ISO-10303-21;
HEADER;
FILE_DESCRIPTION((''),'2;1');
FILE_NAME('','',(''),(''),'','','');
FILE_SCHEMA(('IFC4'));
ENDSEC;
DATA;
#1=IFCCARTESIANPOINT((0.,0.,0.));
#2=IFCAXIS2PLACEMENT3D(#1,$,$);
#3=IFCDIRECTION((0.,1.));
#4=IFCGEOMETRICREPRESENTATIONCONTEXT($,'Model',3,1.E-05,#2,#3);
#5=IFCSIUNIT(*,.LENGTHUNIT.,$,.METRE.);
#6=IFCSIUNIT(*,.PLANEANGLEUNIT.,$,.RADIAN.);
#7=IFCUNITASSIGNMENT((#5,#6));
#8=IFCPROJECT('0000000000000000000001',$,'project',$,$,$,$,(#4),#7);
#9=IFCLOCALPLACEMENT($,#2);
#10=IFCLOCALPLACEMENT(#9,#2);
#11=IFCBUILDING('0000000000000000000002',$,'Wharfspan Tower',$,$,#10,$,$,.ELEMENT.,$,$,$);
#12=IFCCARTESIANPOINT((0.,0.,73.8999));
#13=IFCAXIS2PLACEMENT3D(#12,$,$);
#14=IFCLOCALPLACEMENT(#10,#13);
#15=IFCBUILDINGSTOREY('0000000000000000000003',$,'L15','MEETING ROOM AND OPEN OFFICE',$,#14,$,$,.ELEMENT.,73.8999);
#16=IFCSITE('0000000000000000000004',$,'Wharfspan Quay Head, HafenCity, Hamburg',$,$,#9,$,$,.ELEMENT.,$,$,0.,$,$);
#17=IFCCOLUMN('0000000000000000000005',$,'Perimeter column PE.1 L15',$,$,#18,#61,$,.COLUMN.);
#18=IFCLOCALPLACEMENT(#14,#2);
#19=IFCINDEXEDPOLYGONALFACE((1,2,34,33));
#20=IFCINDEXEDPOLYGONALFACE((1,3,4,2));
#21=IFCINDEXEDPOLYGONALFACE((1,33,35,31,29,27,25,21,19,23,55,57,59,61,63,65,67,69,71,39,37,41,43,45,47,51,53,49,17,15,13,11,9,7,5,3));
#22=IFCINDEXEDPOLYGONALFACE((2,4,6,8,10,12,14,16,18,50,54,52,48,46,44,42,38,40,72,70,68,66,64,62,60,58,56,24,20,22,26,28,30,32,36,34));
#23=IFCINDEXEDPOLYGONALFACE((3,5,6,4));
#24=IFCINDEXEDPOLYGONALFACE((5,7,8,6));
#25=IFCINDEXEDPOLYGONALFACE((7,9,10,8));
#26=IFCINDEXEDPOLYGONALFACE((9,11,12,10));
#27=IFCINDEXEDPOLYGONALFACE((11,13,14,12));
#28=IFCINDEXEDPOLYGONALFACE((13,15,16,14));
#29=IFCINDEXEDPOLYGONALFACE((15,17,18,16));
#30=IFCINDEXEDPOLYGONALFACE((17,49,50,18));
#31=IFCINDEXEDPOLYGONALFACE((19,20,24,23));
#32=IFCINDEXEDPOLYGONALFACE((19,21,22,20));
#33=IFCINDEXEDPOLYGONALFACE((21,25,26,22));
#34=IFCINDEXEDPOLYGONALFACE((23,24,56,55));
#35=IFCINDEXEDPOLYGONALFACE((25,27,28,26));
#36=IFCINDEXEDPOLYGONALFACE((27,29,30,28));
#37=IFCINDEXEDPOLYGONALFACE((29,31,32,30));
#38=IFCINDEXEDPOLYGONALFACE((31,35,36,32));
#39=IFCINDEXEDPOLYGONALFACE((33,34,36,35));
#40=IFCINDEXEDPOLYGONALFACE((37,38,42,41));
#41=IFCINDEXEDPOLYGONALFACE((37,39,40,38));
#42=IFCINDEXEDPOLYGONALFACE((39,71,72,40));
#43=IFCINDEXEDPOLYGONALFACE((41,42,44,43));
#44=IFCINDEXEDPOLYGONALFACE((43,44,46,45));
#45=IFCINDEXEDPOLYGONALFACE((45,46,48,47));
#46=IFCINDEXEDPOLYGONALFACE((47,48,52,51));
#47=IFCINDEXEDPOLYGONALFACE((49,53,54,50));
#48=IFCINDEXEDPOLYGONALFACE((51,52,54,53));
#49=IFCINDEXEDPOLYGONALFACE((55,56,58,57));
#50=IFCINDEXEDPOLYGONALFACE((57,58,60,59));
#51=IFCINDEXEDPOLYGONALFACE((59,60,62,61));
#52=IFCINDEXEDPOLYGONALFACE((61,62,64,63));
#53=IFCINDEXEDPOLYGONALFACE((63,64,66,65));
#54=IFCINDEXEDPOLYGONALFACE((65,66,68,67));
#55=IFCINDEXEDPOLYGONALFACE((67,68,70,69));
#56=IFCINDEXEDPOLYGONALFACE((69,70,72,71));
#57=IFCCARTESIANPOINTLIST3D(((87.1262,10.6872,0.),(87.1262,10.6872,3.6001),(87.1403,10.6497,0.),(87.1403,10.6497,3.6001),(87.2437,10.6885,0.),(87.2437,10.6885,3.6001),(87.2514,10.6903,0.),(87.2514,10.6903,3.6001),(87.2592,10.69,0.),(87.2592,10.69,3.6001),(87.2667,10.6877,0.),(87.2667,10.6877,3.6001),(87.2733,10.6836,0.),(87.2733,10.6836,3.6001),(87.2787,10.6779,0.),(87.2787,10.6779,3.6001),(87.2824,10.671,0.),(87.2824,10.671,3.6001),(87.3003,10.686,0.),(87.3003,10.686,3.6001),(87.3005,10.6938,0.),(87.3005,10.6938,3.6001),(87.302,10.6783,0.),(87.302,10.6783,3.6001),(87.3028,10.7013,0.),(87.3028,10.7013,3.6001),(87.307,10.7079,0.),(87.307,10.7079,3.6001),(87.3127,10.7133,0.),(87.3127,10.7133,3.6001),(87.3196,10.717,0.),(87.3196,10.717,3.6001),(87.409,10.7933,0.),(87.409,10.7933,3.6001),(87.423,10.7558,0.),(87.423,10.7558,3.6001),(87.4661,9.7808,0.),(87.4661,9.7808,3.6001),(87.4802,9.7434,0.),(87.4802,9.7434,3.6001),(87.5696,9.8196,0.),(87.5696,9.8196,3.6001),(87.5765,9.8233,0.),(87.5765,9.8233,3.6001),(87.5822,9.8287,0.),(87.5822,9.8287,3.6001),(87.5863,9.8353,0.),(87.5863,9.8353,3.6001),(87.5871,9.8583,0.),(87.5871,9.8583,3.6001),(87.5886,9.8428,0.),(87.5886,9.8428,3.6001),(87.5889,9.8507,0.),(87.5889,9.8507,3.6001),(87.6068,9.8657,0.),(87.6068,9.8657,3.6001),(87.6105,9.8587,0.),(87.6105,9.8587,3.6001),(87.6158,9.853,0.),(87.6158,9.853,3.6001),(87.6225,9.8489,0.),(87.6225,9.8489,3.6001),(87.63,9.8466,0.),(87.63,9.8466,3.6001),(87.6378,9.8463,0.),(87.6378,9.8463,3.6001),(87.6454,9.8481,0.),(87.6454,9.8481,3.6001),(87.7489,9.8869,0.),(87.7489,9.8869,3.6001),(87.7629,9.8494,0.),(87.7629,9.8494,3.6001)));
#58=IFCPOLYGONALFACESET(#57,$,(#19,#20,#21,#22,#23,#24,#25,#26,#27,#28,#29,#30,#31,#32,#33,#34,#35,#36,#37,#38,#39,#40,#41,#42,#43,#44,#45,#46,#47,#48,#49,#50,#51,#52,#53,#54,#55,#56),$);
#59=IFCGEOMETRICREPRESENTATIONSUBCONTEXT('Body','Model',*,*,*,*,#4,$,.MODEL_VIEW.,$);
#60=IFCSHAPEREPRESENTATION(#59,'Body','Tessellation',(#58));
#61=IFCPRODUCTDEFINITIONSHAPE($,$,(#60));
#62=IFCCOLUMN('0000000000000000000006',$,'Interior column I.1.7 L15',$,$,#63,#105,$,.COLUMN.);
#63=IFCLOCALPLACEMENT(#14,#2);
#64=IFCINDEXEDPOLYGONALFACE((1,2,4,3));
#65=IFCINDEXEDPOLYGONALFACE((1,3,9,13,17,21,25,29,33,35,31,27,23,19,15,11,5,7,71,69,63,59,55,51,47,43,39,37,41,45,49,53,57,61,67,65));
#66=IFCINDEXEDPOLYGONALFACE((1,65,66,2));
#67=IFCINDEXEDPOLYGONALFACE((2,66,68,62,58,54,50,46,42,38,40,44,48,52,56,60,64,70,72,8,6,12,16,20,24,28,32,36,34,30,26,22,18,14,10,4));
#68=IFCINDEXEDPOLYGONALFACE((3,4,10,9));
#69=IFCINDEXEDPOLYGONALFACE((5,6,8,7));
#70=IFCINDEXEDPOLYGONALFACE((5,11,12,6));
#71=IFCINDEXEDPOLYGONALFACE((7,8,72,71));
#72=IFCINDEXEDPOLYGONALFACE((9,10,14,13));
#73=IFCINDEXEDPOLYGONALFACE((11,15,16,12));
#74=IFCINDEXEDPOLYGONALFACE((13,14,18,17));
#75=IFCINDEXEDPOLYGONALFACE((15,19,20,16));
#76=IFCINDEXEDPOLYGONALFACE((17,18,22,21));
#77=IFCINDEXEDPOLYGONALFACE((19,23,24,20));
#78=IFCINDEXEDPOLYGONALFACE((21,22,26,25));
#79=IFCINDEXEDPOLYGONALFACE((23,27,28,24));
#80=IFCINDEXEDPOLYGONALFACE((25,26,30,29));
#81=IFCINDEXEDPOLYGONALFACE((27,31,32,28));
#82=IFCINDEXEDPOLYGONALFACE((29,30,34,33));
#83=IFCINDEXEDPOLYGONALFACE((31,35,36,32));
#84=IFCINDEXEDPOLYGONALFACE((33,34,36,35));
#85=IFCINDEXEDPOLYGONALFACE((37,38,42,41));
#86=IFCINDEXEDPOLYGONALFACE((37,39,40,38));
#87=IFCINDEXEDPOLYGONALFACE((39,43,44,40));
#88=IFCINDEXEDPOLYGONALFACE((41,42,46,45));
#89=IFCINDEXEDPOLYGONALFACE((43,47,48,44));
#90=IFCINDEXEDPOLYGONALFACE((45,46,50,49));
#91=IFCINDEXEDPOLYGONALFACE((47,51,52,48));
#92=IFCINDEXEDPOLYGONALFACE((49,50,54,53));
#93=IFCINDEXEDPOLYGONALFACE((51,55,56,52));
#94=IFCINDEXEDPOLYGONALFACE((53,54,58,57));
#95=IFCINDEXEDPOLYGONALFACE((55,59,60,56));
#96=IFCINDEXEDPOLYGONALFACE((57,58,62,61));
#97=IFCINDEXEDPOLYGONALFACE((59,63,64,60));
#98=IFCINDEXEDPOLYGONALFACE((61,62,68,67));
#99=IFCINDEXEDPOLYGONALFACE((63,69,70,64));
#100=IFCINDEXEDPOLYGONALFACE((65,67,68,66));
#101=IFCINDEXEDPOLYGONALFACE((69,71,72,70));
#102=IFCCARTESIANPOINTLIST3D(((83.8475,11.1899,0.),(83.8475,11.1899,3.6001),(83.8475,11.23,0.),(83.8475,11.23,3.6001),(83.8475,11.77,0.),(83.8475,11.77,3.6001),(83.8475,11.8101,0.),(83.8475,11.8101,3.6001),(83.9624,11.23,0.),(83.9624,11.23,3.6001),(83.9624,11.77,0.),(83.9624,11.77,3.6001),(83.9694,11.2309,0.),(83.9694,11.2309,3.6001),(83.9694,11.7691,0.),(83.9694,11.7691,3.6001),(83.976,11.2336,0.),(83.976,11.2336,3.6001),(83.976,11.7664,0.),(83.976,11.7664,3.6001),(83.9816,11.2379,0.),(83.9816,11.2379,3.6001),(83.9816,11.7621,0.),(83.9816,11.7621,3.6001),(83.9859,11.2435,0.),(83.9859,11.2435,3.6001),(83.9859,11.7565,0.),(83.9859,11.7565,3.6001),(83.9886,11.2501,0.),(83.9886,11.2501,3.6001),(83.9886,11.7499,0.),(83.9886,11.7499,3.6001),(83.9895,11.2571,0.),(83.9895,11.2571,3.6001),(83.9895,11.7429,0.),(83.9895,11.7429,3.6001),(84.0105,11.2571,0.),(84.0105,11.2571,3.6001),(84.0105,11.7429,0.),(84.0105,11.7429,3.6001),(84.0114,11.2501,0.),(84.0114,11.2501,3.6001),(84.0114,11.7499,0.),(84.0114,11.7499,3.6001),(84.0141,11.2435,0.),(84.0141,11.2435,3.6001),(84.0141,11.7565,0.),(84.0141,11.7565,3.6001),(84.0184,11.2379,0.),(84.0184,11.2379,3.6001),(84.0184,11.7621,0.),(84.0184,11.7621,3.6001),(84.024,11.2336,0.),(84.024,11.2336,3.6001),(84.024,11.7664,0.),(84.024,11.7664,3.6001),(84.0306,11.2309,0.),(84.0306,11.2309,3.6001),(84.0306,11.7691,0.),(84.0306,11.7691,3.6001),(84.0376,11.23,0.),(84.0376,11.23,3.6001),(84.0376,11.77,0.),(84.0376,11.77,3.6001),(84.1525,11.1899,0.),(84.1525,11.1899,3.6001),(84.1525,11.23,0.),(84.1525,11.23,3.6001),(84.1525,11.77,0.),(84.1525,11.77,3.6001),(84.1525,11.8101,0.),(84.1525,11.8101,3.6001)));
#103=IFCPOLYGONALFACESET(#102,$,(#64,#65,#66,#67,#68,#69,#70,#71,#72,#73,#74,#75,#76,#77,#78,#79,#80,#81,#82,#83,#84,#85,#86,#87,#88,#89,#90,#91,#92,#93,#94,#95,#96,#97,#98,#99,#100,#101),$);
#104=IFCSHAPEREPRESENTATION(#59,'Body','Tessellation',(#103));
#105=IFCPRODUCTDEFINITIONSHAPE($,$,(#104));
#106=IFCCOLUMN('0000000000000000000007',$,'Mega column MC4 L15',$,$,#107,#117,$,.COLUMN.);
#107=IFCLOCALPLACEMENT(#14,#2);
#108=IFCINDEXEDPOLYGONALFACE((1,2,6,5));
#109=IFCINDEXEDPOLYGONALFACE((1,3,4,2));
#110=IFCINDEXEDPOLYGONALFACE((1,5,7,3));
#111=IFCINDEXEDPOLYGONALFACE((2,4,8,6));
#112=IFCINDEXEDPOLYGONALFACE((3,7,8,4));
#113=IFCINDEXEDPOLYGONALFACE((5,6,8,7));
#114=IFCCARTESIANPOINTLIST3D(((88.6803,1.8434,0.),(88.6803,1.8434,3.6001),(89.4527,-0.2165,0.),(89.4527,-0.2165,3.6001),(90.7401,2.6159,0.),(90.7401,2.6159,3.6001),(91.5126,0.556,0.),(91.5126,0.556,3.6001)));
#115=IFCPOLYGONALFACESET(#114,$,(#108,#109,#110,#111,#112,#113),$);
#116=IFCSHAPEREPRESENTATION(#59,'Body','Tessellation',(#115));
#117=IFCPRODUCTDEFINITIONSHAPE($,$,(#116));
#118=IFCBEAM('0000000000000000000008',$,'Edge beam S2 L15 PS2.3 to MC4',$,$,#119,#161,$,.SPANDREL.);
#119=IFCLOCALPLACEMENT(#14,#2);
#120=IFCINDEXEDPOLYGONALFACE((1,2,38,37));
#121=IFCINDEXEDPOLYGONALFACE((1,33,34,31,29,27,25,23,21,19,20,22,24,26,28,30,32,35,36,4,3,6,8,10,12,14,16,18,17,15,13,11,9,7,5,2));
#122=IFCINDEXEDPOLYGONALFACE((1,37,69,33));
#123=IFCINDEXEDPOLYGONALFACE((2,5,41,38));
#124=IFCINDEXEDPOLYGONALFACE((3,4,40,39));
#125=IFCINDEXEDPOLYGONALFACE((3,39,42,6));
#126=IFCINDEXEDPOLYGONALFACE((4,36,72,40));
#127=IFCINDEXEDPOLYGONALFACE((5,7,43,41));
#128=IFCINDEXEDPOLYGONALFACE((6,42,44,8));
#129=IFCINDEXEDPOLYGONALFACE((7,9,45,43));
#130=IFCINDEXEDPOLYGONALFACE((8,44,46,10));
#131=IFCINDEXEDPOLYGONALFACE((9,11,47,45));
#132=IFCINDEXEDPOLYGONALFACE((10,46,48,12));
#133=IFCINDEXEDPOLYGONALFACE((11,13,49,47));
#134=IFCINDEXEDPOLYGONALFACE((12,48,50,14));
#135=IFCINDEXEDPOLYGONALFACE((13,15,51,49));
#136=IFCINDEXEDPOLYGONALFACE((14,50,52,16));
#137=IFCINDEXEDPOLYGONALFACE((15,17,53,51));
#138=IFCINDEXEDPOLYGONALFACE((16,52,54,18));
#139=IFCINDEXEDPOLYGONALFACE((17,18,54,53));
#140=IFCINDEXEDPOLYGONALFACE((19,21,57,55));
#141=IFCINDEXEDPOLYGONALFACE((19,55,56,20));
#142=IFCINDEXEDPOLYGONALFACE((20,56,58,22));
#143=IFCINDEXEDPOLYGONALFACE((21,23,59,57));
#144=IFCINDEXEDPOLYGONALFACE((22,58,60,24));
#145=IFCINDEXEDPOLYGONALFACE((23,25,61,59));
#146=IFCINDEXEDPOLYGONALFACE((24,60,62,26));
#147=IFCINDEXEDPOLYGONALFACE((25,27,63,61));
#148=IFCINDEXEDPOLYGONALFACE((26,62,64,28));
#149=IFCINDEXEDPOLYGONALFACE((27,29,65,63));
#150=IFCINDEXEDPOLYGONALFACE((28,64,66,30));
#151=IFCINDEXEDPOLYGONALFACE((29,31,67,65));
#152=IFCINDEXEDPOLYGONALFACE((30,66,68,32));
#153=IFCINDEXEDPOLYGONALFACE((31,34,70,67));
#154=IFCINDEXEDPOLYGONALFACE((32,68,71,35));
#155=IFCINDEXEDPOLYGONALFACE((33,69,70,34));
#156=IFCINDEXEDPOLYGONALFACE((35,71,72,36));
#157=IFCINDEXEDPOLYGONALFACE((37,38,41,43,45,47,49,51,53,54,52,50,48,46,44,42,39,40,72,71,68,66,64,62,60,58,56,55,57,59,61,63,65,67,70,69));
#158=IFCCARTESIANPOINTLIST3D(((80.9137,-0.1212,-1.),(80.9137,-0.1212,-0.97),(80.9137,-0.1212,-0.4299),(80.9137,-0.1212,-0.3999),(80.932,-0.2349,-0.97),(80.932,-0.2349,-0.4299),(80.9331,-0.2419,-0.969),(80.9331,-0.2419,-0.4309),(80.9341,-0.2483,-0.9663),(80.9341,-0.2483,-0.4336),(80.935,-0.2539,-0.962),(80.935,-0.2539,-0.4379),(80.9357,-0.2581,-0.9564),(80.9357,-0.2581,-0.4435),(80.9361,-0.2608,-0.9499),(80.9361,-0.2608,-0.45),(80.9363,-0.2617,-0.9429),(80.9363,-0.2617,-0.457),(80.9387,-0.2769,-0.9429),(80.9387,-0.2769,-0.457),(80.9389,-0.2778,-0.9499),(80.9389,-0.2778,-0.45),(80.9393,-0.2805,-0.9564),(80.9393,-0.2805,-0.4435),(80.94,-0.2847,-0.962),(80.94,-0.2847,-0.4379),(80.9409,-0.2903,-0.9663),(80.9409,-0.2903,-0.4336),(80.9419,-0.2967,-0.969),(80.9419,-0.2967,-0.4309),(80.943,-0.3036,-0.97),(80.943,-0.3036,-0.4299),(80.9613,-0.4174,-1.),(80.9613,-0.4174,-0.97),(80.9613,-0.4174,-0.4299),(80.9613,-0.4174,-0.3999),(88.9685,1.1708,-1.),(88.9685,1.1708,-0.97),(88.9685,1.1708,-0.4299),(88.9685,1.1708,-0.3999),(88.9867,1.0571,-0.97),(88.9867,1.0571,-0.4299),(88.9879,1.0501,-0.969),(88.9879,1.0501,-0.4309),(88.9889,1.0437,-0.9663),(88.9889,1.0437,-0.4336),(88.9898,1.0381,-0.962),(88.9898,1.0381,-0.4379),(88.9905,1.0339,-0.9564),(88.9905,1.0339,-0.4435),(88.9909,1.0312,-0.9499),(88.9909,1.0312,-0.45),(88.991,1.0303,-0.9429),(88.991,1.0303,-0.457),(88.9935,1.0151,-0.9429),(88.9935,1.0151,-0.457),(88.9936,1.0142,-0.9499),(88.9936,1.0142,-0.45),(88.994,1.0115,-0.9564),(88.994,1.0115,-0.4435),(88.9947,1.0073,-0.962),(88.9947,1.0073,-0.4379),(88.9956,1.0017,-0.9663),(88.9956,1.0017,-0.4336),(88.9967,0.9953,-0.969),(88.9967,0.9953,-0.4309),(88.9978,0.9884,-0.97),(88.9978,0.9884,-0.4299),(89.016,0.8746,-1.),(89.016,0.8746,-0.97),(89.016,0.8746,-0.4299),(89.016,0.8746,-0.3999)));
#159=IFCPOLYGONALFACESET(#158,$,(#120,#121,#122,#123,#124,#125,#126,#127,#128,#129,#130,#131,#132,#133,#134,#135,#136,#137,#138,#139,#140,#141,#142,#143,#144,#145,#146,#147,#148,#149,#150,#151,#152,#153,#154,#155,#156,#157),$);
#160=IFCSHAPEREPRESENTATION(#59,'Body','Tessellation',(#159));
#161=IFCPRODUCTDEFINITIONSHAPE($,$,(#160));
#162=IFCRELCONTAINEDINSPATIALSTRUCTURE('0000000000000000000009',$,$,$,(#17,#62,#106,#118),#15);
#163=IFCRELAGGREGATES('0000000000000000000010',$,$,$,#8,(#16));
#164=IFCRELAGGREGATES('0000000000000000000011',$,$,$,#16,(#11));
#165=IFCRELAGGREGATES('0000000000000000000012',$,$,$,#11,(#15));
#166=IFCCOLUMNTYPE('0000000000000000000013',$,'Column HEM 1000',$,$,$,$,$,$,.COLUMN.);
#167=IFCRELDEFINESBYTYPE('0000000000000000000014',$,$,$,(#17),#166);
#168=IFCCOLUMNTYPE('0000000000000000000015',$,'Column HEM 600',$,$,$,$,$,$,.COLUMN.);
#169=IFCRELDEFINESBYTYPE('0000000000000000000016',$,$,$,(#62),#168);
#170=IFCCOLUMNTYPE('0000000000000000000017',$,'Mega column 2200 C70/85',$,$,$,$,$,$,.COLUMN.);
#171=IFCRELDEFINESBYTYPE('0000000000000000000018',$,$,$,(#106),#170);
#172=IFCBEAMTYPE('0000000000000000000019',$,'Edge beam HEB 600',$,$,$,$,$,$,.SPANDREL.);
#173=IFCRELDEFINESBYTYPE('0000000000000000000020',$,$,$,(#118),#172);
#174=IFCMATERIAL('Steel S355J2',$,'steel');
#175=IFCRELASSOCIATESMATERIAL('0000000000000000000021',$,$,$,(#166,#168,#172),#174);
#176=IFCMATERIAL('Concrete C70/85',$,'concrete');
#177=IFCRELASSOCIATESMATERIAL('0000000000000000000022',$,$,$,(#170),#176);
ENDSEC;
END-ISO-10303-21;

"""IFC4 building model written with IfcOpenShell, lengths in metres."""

from ifc_helpers import new_model, si_unit, direction, frame, origin, origin_2d, place, context, subcontext, project, spatial, rectangle, i_section, extrude, material, material_profile, profile_set, type_object, element, save


model = new_model("IFC4")

# Units and contexts
model_context = context("Model", 3, precision=1e-05, world=origin(), true_north=direction((0.0, 1.0)))
body_context = subcontext(model_context, "Body", "Model", "MODEL_VIEW")
ifc_project = project(units=[si_unit("LENGTHUNIT", "METRE"), si_unit("PLANEANGLEUNIT", "RADIAN")], contexts=[model_context])

# Site, building, storey
site_placement = place(None, origin())
site = spatial("IfcSite", under=ifc_project, at=site_placement, Name="Wharfspan Quay Head, HafenCity, Hamburg", CompositionType="ELEMENT", RefElevation=0.0)
building_placement = place(site_placement, origin())
building = spatial("IfcBuilding", under=site, at=building_placement, Name="Wharfspan Tower", CompositionType="ELEMENT")
storey_placement = place(building_placement, frame((0.0, 0.0, 73.8999)))
storey = spatial("IfcBuildingStorey", under=building, at=storey_placement, Name="L15", Description="MEETING ROOM AND OPEN OFFICE", CompositionType="ELEMENT", Elevation=73.8999)

# Columns
ifc_material_1 = material(Name="Steel S355J2", Category="steel")
ifc_material_profile_1 = material_profile(ifc_material_1, i_section(OverallWidth=0.302, OverallDepth=1.0081, WebThickness=0.021, FlangeThickness=0.04, FilletRadius=0.03, at=origin_2d()))
ifc_profile_set_1 = profile_set([ifc_material_profile_1], Name="Steel S355J2")
column_type_1 = type_object("IfcColumnType", Name="Column HEM 1000", PredefinedType="COLUMN", material=ifc_profile_set_1)
column_1_placement = place(storey_placement, frame((87.4446, 10.2683, 0.0), z_axis=(0.0, 0.0, 1.0), x_axis=(0.936328, 0.351123, 0.0)))
element("IfcColumn", 1, at=column_1_placement, inside=storey, type_object=column_type_1, Name="Perimeter column PE.1 L15", PredefinedType="COLUMN", context=body_context, shape_type="SweptSolid", body=[
    extrude(i_section(OverallWidth=0.302, OverallDepth=1.0081, WebThickness=0.021, FlangeThickness=0.04, FilletRadius=0.03, at=origin_2d()), origin(), (0.0, 0.0, 1.0), 3.6001),
])
ifc_material_profile_2 = material_profile(ifc_material_1, i_section(OverallWidth=0.3049, OverallDepth=0.6201, WebThickness=0.021, FlangeThickness=0.04, FilletRadius=0.0271, at=origin_2d()))
ifc_profile_set_2 = profile_set([ifc_material_profile_2], Name="Steel S355J2")
column_type_2 = type_object("IfcColumnType", Name="Column HEM 600", PredefinedType="COLUMN", material=ifc_profile_set_2)
column_2_placement = place(storey_placement, frame((84.0, 11.5, 0.0), z_axis=(0.0, 0.0, 1.0), x_axis=(1.0, 0.0, 0.0)))
element("IfcColumn", 2, at=column_2_placement, inside=storey, type_object=column_type_2, Name="Interior column I.1.7 L15", PredefinedType="COLUMN", context=body_context, shape_type="SweptSolid", body=[
    extrude(i_section(OverallWidth=0.3049, OverallDepth=0.6201, WebThickness=0.021, FlangeThickness=0.04, FilletRadius=0.0271, at=origin_2d()), origin(), (0.0, 0.0, 1.0), 3.6001),
])
ifc_material_2 = material(Name="Concrete C70/85", Category="concrete")
ifc_material_profile_3 = material_profile(ifc_material_2, rectangle(XDim=2.2, YDim=2.2, at=origin_2d()))
ifc_profile_set_3 = profile_set([ifc_material_profile_3], Name="Concrete C70/85")
column_type_3 = type_object("IfcColumnType", Name="Mega column 2200 C70/85", PredefinedType="COLUMN", material=ifc_profile_set_3)
column_3_placement = place(storey_placement, frame((90.0964, 1.1997, 0.0), z_axis=(0.0, 0.0, 1.0), x_axis=(-0.351123, 0.936328, 0.0)))
element("IfcColumn", 3, at=column_3_placement, inside=storey, type_object=column_type_3, Name="Mega column MC4 L15", PredefinedType="COLUMN", context=body_context, shape_type="SweptSolid", body=[
    extrude(rectangle(XDim=2.2, YDim=2.2, at=origin_2d()), origin(), (0.0, 0.0, 1.0), 3.6001),
])

# Beam
ifc_material_profile_4 = material_profile(ifc_material_1, i_section(OverallWidth=0.3, OverallDepth=0.6001, WebThickness=0.0154, FlangeThickness=0.03, FilletRadius=0.0271, at=origin_2d()))
ifc_profile_set_4 = profile_set([ifc_material_profile_4], Name="Steel S355J2")
beam_type = type_object("IfcBeamType", Name="Edge beam HEB 600", PredefinedType="SPANDREL", material=ifc_profile_set_4)
beam_1_placement = place(storey_placement, frame((80.9375, -0.2693, -0.7), z_axis=(0.987379, 0.158378, 0.0), x_axis=(-0.158378, 0.987379, 0.0)))
element("IfcBeam", 4, at=beam_1_placement, inside=storey, type_object=beam_type, Name="Edge beam S2 L15 PS2.3 to MC4", PredefinedType="SPANDREL", context=body_context, shape_type="SweptSolid", body=[
    extrude(i_section(OverallWidth=0.3, OverallDepth=0.6001, WebThickness=0.0154, FlangeThickness=0.03, FilletRadius=0.0271, at=origin_2d()), origin(), (0.0, 0.0, 1.0), 8.1577),
])

save(model, "model.ifc")
